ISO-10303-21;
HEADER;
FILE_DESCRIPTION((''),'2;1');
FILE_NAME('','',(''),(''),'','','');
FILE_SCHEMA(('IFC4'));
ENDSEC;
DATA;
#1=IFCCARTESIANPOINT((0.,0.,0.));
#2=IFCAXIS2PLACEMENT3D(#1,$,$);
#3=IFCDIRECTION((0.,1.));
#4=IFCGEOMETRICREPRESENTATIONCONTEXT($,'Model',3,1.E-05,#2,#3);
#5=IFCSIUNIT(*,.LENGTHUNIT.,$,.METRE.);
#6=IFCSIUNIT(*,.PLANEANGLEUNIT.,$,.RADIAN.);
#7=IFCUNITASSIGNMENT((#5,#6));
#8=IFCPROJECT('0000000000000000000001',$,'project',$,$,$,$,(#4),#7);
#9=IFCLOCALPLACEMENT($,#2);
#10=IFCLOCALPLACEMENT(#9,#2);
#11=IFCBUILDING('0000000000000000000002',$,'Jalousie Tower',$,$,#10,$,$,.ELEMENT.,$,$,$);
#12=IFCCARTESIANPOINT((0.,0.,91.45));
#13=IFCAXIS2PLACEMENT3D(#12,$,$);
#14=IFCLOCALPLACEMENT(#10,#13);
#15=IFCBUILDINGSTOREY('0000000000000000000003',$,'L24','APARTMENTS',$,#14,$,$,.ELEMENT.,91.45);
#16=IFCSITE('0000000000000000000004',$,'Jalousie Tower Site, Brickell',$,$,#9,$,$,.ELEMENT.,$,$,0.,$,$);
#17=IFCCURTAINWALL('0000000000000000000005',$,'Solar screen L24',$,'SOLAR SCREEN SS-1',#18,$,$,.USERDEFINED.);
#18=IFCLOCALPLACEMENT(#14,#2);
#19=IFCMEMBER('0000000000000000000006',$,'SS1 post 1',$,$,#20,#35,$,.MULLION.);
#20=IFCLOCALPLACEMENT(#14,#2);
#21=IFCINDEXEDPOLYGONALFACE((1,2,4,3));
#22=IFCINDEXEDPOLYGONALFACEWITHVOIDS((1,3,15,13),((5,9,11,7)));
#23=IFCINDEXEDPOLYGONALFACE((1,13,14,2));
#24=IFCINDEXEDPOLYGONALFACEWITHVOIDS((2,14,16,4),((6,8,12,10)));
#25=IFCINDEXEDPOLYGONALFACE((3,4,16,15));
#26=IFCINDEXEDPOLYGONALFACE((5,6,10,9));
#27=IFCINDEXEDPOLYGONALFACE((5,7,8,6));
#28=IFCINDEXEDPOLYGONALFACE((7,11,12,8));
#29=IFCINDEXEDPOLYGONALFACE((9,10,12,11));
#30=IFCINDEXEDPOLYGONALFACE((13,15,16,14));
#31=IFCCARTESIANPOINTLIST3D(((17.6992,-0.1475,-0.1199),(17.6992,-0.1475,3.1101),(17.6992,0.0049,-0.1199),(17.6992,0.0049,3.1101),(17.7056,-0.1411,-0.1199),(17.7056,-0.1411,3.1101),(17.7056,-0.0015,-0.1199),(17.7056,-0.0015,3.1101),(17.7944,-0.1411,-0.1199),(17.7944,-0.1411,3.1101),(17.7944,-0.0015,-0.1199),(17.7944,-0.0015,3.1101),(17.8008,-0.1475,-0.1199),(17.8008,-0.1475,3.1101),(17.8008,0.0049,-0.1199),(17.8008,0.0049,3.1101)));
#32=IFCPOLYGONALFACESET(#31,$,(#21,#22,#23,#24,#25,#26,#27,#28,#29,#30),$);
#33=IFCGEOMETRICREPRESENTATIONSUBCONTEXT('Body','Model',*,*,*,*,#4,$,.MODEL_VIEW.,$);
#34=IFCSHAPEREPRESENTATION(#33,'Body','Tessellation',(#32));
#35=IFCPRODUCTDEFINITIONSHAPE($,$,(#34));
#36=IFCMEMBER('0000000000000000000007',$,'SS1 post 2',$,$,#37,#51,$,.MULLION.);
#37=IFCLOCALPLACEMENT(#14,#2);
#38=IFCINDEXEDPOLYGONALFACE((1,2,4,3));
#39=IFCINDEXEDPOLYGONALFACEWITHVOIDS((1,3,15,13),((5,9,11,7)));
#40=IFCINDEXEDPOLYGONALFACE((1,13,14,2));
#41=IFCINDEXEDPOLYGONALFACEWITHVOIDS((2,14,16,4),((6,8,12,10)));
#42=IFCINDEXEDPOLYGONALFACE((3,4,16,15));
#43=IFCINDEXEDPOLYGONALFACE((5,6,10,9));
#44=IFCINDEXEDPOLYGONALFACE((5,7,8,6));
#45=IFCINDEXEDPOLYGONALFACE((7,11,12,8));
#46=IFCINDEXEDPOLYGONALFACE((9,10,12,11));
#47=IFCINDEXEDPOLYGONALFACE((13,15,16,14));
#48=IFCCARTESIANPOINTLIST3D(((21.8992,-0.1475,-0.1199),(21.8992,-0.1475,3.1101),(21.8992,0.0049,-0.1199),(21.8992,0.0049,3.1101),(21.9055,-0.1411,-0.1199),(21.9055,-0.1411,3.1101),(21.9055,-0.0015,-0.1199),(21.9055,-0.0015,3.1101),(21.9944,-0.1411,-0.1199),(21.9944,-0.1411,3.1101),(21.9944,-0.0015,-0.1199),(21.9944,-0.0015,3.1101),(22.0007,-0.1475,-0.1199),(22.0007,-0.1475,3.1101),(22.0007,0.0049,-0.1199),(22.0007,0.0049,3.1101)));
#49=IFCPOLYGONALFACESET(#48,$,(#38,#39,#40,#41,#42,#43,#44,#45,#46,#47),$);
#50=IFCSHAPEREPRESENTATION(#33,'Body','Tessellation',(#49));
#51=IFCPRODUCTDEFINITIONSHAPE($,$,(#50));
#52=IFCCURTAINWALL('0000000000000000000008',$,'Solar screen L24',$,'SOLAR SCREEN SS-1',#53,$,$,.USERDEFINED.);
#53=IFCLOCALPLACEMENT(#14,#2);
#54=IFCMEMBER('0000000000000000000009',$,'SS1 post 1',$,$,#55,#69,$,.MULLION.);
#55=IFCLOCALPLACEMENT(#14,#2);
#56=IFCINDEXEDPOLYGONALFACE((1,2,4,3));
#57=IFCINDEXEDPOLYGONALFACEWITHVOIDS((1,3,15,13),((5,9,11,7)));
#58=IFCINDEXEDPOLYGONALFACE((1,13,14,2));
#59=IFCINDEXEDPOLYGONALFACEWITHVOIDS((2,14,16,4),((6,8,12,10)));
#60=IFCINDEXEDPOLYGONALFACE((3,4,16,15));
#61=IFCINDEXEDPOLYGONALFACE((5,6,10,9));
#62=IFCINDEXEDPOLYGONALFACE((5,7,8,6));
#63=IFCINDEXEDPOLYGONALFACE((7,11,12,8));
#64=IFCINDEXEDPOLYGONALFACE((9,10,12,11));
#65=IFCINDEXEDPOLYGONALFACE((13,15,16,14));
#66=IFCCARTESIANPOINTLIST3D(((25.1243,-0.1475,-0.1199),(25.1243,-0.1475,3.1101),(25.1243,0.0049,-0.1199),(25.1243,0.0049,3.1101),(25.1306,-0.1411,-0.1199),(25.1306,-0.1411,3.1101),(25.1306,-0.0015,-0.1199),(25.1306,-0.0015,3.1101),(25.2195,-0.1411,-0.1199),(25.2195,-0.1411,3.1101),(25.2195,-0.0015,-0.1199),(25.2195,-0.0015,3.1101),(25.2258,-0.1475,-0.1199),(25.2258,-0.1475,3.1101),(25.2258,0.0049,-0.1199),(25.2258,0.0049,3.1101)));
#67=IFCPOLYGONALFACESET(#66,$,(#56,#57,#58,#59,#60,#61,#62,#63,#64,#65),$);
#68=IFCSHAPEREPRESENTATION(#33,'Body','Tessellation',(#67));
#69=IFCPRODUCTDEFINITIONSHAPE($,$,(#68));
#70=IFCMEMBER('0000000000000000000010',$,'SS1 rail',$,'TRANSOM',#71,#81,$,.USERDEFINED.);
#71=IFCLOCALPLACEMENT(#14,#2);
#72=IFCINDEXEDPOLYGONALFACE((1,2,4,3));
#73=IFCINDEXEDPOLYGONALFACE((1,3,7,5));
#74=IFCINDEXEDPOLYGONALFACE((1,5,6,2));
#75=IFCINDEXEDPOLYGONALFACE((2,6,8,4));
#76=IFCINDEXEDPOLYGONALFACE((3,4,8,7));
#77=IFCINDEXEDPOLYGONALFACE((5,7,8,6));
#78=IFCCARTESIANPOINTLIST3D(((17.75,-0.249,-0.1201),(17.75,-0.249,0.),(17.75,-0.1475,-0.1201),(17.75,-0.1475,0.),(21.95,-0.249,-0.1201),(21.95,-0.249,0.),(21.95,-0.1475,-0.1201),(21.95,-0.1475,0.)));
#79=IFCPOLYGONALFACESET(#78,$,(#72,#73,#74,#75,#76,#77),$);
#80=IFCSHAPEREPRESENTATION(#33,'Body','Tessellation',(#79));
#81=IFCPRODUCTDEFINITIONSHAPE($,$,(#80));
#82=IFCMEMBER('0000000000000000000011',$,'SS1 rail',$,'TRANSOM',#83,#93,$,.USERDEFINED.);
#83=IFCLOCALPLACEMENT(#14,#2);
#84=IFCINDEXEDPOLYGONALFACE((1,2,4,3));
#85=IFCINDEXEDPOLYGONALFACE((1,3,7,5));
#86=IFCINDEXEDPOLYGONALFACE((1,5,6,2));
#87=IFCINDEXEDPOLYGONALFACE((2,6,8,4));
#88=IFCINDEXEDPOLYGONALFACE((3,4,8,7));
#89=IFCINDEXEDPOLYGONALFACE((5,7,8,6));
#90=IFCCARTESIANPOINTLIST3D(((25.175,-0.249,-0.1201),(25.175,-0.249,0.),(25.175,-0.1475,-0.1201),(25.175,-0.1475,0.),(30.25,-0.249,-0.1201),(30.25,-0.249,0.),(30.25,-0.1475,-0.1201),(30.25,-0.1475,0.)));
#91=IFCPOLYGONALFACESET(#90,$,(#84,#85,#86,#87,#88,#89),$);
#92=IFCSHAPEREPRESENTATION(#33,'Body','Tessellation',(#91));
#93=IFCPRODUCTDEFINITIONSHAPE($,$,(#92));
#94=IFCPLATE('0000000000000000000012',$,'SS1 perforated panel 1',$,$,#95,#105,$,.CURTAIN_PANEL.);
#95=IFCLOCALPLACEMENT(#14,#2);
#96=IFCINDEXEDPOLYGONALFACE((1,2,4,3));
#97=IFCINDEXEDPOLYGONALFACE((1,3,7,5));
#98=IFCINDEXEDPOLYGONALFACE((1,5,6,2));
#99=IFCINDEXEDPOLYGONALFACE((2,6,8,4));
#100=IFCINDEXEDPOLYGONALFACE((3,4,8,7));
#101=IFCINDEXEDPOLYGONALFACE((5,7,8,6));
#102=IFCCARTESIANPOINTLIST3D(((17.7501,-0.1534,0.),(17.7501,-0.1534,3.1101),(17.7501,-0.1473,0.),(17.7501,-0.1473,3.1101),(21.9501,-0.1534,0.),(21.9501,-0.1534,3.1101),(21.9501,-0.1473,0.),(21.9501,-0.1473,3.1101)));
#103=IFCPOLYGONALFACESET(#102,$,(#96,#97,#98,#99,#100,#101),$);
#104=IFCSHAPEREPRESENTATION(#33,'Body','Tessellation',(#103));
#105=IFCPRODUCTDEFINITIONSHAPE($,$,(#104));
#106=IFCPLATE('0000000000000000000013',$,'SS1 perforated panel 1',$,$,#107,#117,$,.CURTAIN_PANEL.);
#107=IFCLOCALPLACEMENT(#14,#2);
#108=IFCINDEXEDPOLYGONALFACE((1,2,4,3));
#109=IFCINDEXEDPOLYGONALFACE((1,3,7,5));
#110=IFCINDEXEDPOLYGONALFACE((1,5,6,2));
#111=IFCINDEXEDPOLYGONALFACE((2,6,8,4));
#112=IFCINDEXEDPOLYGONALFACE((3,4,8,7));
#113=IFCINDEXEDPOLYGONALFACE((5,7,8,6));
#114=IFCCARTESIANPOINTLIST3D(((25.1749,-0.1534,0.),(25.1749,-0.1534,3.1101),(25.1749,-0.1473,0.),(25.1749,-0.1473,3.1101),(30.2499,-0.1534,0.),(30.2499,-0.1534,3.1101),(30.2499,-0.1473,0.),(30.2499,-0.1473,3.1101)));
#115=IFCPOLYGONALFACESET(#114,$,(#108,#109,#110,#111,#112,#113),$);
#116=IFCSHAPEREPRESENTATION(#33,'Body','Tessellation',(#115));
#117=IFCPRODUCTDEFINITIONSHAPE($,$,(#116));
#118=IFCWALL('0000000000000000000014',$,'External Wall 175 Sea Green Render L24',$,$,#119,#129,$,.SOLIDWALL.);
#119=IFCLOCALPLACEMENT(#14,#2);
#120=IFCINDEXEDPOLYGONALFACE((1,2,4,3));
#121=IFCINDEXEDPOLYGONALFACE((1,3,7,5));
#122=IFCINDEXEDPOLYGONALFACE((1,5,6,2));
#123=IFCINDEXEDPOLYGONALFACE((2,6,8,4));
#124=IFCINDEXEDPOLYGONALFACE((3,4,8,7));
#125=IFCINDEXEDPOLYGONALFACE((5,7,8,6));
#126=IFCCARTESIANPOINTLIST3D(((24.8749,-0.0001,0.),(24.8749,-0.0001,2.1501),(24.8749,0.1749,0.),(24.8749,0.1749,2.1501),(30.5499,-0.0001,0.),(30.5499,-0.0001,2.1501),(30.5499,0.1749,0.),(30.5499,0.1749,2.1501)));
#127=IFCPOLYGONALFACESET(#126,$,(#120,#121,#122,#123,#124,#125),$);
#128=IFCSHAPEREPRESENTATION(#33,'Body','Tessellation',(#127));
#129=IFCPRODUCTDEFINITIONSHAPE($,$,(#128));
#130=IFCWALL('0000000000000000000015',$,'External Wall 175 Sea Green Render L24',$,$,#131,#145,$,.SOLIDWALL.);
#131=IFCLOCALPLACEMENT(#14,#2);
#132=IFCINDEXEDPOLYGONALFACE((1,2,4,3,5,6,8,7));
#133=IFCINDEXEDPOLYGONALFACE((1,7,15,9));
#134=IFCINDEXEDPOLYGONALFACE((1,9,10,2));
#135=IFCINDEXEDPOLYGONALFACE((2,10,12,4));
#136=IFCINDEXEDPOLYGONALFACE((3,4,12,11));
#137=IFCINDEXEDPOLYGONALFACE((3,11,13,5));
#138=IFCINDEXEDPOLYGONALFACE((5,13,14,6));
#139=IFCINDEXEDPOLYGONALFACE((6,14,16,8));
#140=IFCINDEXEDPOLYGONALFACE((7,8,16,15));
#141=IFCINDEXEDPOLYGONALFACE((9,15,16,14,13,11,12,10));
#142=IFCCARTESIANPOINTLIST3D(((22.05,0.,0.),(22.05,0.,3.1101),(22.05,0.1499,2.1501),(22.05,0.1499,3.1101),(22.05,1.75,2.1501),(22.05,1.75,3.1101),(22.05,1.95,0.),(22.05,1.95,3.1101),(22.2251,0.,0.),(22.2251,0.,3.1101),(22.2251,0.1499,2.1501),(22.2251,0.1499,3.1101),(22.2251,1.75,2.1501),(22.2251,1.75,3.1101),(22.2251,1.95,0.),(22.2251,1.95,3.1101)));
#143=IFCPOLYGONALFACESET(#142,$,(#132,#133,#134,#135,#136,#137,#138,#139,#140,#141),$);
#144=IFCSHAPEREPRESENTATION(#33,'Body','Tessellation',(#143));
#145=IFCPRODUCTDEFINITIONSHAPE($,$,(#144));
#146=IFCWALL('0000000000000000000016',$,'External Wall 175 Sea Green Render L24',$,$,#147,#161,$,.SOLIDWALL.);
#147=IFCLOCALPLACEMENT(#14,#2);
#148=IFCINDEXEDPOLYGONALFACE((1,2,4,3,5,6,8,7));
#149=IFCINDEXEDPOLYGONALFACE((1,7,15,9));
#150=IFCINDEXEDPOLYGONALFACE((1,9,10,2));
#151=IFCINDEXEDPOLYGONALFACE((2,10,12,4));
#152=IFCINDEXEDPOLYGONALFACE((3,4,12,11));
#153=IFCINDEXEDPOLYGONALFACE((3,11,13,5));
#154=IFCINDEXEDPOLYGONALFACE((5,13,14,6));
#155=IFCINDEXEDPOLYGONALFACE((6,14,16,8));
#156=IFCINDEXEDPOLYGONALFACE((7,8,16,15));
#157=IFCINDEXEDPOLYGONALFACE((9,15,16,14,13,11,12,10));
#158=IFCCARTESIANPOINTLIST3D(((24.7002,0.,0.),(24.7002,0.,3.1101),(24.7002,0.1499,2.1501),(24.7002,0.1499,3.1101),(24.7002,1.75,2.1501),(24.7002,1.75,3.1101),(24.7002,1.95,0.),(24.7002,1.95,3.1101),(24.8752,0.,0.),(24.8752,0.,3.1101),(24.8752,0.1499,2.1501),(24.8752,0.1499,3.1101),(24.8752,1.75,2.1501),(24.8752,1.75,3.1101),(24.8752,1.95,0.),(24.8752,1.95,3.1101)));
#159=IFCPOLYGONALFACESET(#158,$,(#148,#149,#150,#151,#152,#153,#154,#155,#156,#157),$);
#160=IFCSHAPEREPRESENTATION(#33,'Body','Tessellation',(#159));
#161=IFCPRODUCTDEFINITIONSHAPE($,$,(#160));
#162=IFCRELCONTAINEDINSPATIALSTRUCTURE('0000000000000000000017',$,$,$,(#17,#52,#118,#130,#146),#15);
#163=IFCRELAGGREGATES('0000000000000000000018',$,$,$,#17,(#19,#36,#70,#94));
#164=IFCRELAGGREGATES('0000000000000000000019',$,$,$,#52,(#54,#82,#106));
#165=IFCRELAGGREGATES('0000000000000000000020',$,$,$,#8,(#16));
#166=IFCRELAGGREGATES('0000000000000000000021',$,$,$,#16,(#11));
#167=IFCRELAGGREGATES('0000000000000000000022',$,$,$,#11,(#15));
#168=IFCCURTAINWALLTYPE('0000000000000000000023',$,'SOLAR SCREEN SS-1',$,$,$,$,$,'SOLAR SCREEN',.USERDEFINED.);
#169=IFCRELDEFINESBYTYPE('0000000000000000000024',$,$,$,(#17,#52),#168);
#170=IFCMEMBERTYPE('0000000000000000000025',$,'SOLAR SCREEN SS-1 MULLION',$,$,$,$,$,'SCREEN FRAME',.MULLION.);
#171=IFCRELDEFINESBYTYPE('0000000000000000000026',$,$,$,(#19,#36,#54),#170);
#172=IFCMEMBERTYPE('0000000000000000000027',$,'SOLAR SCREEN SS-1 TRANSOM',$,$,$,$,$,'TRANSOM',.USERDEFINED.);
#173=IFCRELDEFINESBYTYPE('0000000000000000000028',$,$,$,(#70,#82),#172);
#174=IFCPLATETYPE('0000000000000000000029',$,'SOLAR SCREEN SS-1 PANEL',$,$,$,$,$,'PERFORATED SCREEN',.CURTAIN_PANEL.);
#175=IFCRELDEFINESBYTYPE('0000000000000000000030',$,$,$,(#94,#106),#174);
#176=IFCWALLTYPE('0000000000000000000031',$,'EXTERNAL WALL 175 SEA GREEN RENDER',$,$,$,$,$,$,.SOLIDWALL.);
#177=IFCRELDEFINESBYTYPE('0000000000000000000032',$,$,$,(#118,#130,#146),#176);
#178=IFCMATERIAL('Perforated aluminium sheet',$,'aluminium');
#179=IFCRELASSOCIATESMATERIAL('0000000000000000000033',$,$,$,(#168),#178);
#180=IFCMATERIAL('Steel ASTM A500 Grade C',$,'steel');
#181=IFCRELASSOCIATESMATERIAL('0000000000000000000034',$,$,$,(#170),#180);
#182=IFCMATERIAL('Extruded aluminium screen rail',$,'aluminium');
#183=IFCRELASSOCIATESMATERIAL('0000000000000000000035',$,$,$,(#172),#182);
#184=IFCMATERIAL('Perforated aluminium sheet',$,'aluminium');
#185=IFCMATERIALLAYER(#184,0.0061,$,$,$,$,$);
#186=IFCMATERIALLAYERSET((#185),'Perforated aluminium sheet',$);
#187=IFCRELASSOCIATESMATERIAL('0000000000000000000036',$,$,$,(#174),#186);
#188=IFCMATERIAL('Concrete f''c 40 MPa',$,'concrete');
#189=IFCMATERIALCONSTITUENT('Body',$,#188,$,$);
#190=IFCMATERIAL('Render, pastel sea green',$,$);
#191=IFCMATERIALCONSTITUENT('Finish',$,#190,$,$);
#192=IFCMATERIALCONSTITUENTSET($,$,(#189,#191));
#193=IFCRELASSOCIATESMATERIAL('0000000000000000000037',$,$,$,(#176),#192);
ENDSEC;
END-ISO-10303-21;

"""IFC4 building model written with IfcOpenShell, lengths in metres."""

from ifc_helpers import new_model, si_unit, direction, frame, frame_2d, origin, origin_2d, place, context, subcontext, project, spatial, polyline, rectangle, hollow_rectangle, outline, extrude, material, layer, layer_set, constituent, constituent_set, material_profile, profile_set, type_object, element, aggregate, save


model = new_model("IFC4")

# Units and contexts
model_context = context("Model", 3, precision=1e-05, world=origin(), true_north=direction((0.0, 1.0)))
body_context = subcontext(model_context, "Body", "Model", "MODEL_VIEW")
ifc_project = project(units=[si_unit("LENGTHUNIT", "METRE"), si_unit("PLANEANGLEUNIT", "RADIAN")], contexts=[model_context])

# Site, building, storey
site_placement = place(None, origin())
site = spatial("IfcSite", under=ifc_project, at=site_placement, Name="Jalousie Tower Site, Brickell", CompositionType="ELEMENT", RefElevation=0.0)
building_placement = place(site_placement, origin())
building = spatial("IfcBuilding", under=site, at=building_placement, Name="Jalousie Tower", CompositionType="ELEMENT")
storey_placement = place(building_placement, frame((0.0, 0.0, 91.45)))
storey = spatial("IfcBuildingStorey", under=building, at=storey_placement, Name="L24", Description="APARTMENTS", CompositionType="ELEMENT", Elevation=91.45)

# Shared definitions
ifc_material_1 = material(Name="Perforated aluminium sheet", Category="aluminium")
curtain_wall_type = type_object("IfcCurtainWallType", Name="SOLAR SCREEN SS-1", ElementType="SOLAR SCREEN", PredefinedType="USERDEFINED", material=ifc_material_1)
ifc_material_2 = material(Name="Steel ASTM A500 Grade C", Category="steel")
ifc_material_profile_1 = material_profile(ifc_material_2, hollow_rectangle(XDim=0.1016, YDim=0.1523, WallThickness=0.0063, at=origin_2d()), Name="HSS6X4X1/4")
ifc_profile_set_1 = profile_set([ifc_material_profile_1], Name="Steel ASTM A500 Grade C")
member_type_1 = type_object("IfcMemberType", Name="SOLAR SCREEN SS-1 MULLION", ElementType="SCREEN FRAME", PredefinedType="MULLION", material=ifc_profile_set_1)

# Curtain wall, members
curtain_wall_1_placement = place(storey_placement, origin())
curtain_wall_1 = element("IfcCurtainWall", 1, at=curtain_wall_1_placement, inside=storey, type_object=curtain_wall_type, Name="Solar screen L24", ObjectType="SOLAR SCREEN SS-1", PredefinedType="USERDEFINED")
member_1_placement = place(storey_placement, frame((17.75, -0.0713, -0.1199), z_axis=(0.0, 0.0, 1.0), x_axis=(1.0, 0.0, 0.0)))
member_1 = element("IfcMember", 2, at=member_1_placement, type_object=member_type_1, Name="SS1 post 1", PredefinedType="MULLION", context=body_context, shape_type="SweptSolid", body=[
    extrude(hollow_rectangle(XDim=0.1016, YDim=0.1523, WallThickness=0.0063, at=origin_2d()), origin(), (0.0, 0.0, 1.0), 3.23),
])
member_2_placement = place(storey_placement, frame((21.95, -0.0713, -0.1199), z_axis=(0.0, 0.0, 1.0), x_axis=(1.0, 0.0, 0.0)))
member_2 = element("IfcMember", 3, at=member_2_placement, type_object=member_type_1, Name="SS1 post 2", PredefinedType="MULLION", context=body_context, shape_type="SweptSolid", body=[
    extrude(hollow_rectangle(XDim=0.1016, YDim=0.1523, WallThickness=0.0063, at=origin_2d()), origin(), (0.0, 0.0, 1.0), 3.23),
])

# Curtain wall, member
curtain_wall_2_placement = place(storey_placement, origin())
curtain_wall_2 = element("IfcCurtainWall", 4, at=curtain_wall_2_placement, inside=storey, type_object=curtain_wall_type, Name="Solar screen L24", ObjectType="SOLAR SCREEN SS-1", PredefinedType="USERDEFINED")
member_3_placement = place(storey_placement, frame((25.175, -0.0713, -0.1199), z_axis=(0.0, 0.0, 1.0), x_axis=(1.0, 0.0, 0.0)))
member_3 = element("IfcMember", 5, at=member_3_placement, type_object=member_type_1, Name="SS1 post 1", PredefinedType="MULLION", context=body_context, shape_type="SweptSolid", body=[
    extrude(hollow_rectangle(XDim=0.1016, YDim=0.1523, WallThickness=0.0063, at=origin_2d()), origin(), (0.0, 0.0, 1.0), 3.23),
])

# Members
ifc_material_3 = material(Name="Extruded aluminium screen rail", Category="aluminium")
ifc_material_profile_2 = material_profile(ifc_material_3, rectangle(XDim=0.1016, YDim=0.1201, at=origin_2d()), Name="RAIL 102x120")
ifc_profile_set_2 = profile_set([ifc_material_profile_2], Name="Extruded aluminium screen rail")
member_type_2 = type_object("IfcMemberType", Name="SOLAR SCREEN SS-1 TRANSOM", ElementType="TRANSOM", PredefinedType="USERDEFINED", material=ifc_profile_set_2)
member_4_placement = place(storey_placement, frame((17.75, -0.1982, -0.0601), z_axis=(1.0, 0.0, 0.0), x_axis=(0.0, 1.0, 0.0)))
member_4 = element("IfcMember", 6, at=member_4_placement, type_object=member_type_2, Name="SS1 rail", ObjectType="TRANSOM", PredefinedType="USERDEFINED", context=body_context, shape_type="SweptSolid", body=[
    extrude(rectangle(XDim=0.1016, YDim=0.1201, at=origin_2d()), origin(), (0.0, 0.0, 1.0), 4.2),
])
member_5_placement = place(storey_placement, frame((25.175, -0.1982, -0.0601), z_axis=(1.0, 0.0, 0.0), x_axis=(0.0, 1.0, 0.0)))
member_5 = element("IfcMember", 7, at=member_5_placement, type_object=member_type_2, Name="SS1 rail", ObjectType="TRANSOM", PredefinedType="USERDEFINED", context=body_context, shape_type="SweptSolid", body=[
    extrude(rectangle(XDim=0.1016, YDim=0.1201, at=origin_2d()), origin(), (0.0, 0.0, 1.0), 5.075),
])

# Plates
ifc_material_4 = material(Name="Perforated aluminium sheet", Category="aluminium")
ifc_layer_1 = layer(ifc_material_4, 0.0061)
ifc_layer_set_1 = layer_set([ifc_layer_1], Name="Perforated aluminium sheet")
plate_type = type_object("IfcPlateType", Name="SOLAR SCREEN SS-1 PANEL", ElementType="PERFORATED SCREEN", PredefinedType="CURTAIN_PANEL", material=ifc_layer_set_1)
plate_1_placement = place(storey_placement, frame((19.8501, -0.1504, 0.0), z_axis=(0.0, 0.0, 1.0), x_axis=(1.0, 0.0, 0.0)))
plate_1 = element("IfcPlate", 8, at=plate_1_placement, type_object=plate_type, Name="SS1 perforated panel 1", PredefinedType="CURTAIN_PANEL", context=body_context, shape_type="SweptSolid", body=[
    extrude(rectangle(XDim=4.2, YDim=0.0061, at=origin_2d()), origin(), (0.0, 0.0, 1.0), 3.1101),
])
aggregate(curtain_wall_1, [member_1, member_2, member_4, plate_1])
plate_2_placement = place(storey_placement, frame((27.7124, -0.1504, 0.0), z_axis=(0.0, 0.0, 1.0), x_axis=(1.0, 0.0, 0.0)))
plate_2 = element("IfcPlate", 9, at=plate_2_placement, type_object=plate_type, Name="SS1 perforated panel 1", PredefinedType="CURTAIN_PANEL", context=body_context, shape_type="SweptSolid", body=[
    extrude(rectangle(XDim=5.075, YDim=0.0061, at=origin_2d()), origin(), (0.0, 0.0, 1.0), 3.1101),
])
aggregate(curtain_wall_2, [member_3, member_5, plate_2])

# Walls
ifc_material_5 = material(Name="Concrete f'c 40 MPa", Category="concrete")
ifc_constituent_1 = constituent(ifc_material_5, Name="Body")
ifc_material_6 = material(Name="Render, pastel sea green")
ifc_constituent_2 = constituent(ifc_material_6, Name="Finish")
ifc_constituent_set_1 = constituent_set(constituents=[ifc_constituent_1, ifc_constituent_2])
wall_type_1 = type_object("IfcWallType", Name="EXTERNAL WALL 175 SEA GREEN RENDER", PredefinedType="SOLIDWALL", material=ifc_constituent_set_1)
wall_1_placement = place(storey_placement, frame((24.875, 0.0874, 0.0), z_axis=(0.0, 0.0, 1.0), x_axis=(1.0, 0.0, 0.0)))
element("IfcWall", 10, at=wall_1_placement, inside=storey, type_object=wall_type_1, Name="External Wall 175 Sea Green Render L24", PredefinedType="SOLIDWALL", context=body_context, shape_type="SweptSolid", body=[
    extrude(rectangle(XDim=5.675, YDim=0.175, at=frame_2d((2.8374, 0.0))), origin(), (0.0, 0.0, 1.0), 2.1501),
])
for number, where, z_axis, x_axis, name in (
    (11, (22.1375, 0.0, 0.0), (0.0, 0.0, 1.0), (0.0, 1.0, 0.0), "External Wall 175 Sea Green Render L24"),
    (12, (24.7876, 0.0, 0.0), (0.0, 0.0, 1.0), (0.0, 1.0, 0.0), "External Wall 175 Sea Green Render L24"),
):
    element("IfcWall", number, at=place(storey_placement, frame(where, z_axis=z_axis, x_axis=x_axis)), inside=storey, type_object=wall_type_1, Name=name, PredefinedType="SOLIDWALL", context=body_context, shape_type="SweptSolid", body=[
        extrude(outline(polyline([(0.0, 0.0), (1.95, 0.0), (1.95, 3.1101), (1.75, 3.1101), (1.75, 2.1501), (0.1499, 2.1501), (0.1499, 3.1101), (0.0, 3.1101), (0.0, 0.0)])), frame((0.0, 0.0874, 0.0), z_axis=(0.0, -1.0, 0.0), x_axis=(1.0, 0.0, 0.0)), (0.0, 0.0, 1.0), 0.175),
    ])

save(model, "model.ifc")
